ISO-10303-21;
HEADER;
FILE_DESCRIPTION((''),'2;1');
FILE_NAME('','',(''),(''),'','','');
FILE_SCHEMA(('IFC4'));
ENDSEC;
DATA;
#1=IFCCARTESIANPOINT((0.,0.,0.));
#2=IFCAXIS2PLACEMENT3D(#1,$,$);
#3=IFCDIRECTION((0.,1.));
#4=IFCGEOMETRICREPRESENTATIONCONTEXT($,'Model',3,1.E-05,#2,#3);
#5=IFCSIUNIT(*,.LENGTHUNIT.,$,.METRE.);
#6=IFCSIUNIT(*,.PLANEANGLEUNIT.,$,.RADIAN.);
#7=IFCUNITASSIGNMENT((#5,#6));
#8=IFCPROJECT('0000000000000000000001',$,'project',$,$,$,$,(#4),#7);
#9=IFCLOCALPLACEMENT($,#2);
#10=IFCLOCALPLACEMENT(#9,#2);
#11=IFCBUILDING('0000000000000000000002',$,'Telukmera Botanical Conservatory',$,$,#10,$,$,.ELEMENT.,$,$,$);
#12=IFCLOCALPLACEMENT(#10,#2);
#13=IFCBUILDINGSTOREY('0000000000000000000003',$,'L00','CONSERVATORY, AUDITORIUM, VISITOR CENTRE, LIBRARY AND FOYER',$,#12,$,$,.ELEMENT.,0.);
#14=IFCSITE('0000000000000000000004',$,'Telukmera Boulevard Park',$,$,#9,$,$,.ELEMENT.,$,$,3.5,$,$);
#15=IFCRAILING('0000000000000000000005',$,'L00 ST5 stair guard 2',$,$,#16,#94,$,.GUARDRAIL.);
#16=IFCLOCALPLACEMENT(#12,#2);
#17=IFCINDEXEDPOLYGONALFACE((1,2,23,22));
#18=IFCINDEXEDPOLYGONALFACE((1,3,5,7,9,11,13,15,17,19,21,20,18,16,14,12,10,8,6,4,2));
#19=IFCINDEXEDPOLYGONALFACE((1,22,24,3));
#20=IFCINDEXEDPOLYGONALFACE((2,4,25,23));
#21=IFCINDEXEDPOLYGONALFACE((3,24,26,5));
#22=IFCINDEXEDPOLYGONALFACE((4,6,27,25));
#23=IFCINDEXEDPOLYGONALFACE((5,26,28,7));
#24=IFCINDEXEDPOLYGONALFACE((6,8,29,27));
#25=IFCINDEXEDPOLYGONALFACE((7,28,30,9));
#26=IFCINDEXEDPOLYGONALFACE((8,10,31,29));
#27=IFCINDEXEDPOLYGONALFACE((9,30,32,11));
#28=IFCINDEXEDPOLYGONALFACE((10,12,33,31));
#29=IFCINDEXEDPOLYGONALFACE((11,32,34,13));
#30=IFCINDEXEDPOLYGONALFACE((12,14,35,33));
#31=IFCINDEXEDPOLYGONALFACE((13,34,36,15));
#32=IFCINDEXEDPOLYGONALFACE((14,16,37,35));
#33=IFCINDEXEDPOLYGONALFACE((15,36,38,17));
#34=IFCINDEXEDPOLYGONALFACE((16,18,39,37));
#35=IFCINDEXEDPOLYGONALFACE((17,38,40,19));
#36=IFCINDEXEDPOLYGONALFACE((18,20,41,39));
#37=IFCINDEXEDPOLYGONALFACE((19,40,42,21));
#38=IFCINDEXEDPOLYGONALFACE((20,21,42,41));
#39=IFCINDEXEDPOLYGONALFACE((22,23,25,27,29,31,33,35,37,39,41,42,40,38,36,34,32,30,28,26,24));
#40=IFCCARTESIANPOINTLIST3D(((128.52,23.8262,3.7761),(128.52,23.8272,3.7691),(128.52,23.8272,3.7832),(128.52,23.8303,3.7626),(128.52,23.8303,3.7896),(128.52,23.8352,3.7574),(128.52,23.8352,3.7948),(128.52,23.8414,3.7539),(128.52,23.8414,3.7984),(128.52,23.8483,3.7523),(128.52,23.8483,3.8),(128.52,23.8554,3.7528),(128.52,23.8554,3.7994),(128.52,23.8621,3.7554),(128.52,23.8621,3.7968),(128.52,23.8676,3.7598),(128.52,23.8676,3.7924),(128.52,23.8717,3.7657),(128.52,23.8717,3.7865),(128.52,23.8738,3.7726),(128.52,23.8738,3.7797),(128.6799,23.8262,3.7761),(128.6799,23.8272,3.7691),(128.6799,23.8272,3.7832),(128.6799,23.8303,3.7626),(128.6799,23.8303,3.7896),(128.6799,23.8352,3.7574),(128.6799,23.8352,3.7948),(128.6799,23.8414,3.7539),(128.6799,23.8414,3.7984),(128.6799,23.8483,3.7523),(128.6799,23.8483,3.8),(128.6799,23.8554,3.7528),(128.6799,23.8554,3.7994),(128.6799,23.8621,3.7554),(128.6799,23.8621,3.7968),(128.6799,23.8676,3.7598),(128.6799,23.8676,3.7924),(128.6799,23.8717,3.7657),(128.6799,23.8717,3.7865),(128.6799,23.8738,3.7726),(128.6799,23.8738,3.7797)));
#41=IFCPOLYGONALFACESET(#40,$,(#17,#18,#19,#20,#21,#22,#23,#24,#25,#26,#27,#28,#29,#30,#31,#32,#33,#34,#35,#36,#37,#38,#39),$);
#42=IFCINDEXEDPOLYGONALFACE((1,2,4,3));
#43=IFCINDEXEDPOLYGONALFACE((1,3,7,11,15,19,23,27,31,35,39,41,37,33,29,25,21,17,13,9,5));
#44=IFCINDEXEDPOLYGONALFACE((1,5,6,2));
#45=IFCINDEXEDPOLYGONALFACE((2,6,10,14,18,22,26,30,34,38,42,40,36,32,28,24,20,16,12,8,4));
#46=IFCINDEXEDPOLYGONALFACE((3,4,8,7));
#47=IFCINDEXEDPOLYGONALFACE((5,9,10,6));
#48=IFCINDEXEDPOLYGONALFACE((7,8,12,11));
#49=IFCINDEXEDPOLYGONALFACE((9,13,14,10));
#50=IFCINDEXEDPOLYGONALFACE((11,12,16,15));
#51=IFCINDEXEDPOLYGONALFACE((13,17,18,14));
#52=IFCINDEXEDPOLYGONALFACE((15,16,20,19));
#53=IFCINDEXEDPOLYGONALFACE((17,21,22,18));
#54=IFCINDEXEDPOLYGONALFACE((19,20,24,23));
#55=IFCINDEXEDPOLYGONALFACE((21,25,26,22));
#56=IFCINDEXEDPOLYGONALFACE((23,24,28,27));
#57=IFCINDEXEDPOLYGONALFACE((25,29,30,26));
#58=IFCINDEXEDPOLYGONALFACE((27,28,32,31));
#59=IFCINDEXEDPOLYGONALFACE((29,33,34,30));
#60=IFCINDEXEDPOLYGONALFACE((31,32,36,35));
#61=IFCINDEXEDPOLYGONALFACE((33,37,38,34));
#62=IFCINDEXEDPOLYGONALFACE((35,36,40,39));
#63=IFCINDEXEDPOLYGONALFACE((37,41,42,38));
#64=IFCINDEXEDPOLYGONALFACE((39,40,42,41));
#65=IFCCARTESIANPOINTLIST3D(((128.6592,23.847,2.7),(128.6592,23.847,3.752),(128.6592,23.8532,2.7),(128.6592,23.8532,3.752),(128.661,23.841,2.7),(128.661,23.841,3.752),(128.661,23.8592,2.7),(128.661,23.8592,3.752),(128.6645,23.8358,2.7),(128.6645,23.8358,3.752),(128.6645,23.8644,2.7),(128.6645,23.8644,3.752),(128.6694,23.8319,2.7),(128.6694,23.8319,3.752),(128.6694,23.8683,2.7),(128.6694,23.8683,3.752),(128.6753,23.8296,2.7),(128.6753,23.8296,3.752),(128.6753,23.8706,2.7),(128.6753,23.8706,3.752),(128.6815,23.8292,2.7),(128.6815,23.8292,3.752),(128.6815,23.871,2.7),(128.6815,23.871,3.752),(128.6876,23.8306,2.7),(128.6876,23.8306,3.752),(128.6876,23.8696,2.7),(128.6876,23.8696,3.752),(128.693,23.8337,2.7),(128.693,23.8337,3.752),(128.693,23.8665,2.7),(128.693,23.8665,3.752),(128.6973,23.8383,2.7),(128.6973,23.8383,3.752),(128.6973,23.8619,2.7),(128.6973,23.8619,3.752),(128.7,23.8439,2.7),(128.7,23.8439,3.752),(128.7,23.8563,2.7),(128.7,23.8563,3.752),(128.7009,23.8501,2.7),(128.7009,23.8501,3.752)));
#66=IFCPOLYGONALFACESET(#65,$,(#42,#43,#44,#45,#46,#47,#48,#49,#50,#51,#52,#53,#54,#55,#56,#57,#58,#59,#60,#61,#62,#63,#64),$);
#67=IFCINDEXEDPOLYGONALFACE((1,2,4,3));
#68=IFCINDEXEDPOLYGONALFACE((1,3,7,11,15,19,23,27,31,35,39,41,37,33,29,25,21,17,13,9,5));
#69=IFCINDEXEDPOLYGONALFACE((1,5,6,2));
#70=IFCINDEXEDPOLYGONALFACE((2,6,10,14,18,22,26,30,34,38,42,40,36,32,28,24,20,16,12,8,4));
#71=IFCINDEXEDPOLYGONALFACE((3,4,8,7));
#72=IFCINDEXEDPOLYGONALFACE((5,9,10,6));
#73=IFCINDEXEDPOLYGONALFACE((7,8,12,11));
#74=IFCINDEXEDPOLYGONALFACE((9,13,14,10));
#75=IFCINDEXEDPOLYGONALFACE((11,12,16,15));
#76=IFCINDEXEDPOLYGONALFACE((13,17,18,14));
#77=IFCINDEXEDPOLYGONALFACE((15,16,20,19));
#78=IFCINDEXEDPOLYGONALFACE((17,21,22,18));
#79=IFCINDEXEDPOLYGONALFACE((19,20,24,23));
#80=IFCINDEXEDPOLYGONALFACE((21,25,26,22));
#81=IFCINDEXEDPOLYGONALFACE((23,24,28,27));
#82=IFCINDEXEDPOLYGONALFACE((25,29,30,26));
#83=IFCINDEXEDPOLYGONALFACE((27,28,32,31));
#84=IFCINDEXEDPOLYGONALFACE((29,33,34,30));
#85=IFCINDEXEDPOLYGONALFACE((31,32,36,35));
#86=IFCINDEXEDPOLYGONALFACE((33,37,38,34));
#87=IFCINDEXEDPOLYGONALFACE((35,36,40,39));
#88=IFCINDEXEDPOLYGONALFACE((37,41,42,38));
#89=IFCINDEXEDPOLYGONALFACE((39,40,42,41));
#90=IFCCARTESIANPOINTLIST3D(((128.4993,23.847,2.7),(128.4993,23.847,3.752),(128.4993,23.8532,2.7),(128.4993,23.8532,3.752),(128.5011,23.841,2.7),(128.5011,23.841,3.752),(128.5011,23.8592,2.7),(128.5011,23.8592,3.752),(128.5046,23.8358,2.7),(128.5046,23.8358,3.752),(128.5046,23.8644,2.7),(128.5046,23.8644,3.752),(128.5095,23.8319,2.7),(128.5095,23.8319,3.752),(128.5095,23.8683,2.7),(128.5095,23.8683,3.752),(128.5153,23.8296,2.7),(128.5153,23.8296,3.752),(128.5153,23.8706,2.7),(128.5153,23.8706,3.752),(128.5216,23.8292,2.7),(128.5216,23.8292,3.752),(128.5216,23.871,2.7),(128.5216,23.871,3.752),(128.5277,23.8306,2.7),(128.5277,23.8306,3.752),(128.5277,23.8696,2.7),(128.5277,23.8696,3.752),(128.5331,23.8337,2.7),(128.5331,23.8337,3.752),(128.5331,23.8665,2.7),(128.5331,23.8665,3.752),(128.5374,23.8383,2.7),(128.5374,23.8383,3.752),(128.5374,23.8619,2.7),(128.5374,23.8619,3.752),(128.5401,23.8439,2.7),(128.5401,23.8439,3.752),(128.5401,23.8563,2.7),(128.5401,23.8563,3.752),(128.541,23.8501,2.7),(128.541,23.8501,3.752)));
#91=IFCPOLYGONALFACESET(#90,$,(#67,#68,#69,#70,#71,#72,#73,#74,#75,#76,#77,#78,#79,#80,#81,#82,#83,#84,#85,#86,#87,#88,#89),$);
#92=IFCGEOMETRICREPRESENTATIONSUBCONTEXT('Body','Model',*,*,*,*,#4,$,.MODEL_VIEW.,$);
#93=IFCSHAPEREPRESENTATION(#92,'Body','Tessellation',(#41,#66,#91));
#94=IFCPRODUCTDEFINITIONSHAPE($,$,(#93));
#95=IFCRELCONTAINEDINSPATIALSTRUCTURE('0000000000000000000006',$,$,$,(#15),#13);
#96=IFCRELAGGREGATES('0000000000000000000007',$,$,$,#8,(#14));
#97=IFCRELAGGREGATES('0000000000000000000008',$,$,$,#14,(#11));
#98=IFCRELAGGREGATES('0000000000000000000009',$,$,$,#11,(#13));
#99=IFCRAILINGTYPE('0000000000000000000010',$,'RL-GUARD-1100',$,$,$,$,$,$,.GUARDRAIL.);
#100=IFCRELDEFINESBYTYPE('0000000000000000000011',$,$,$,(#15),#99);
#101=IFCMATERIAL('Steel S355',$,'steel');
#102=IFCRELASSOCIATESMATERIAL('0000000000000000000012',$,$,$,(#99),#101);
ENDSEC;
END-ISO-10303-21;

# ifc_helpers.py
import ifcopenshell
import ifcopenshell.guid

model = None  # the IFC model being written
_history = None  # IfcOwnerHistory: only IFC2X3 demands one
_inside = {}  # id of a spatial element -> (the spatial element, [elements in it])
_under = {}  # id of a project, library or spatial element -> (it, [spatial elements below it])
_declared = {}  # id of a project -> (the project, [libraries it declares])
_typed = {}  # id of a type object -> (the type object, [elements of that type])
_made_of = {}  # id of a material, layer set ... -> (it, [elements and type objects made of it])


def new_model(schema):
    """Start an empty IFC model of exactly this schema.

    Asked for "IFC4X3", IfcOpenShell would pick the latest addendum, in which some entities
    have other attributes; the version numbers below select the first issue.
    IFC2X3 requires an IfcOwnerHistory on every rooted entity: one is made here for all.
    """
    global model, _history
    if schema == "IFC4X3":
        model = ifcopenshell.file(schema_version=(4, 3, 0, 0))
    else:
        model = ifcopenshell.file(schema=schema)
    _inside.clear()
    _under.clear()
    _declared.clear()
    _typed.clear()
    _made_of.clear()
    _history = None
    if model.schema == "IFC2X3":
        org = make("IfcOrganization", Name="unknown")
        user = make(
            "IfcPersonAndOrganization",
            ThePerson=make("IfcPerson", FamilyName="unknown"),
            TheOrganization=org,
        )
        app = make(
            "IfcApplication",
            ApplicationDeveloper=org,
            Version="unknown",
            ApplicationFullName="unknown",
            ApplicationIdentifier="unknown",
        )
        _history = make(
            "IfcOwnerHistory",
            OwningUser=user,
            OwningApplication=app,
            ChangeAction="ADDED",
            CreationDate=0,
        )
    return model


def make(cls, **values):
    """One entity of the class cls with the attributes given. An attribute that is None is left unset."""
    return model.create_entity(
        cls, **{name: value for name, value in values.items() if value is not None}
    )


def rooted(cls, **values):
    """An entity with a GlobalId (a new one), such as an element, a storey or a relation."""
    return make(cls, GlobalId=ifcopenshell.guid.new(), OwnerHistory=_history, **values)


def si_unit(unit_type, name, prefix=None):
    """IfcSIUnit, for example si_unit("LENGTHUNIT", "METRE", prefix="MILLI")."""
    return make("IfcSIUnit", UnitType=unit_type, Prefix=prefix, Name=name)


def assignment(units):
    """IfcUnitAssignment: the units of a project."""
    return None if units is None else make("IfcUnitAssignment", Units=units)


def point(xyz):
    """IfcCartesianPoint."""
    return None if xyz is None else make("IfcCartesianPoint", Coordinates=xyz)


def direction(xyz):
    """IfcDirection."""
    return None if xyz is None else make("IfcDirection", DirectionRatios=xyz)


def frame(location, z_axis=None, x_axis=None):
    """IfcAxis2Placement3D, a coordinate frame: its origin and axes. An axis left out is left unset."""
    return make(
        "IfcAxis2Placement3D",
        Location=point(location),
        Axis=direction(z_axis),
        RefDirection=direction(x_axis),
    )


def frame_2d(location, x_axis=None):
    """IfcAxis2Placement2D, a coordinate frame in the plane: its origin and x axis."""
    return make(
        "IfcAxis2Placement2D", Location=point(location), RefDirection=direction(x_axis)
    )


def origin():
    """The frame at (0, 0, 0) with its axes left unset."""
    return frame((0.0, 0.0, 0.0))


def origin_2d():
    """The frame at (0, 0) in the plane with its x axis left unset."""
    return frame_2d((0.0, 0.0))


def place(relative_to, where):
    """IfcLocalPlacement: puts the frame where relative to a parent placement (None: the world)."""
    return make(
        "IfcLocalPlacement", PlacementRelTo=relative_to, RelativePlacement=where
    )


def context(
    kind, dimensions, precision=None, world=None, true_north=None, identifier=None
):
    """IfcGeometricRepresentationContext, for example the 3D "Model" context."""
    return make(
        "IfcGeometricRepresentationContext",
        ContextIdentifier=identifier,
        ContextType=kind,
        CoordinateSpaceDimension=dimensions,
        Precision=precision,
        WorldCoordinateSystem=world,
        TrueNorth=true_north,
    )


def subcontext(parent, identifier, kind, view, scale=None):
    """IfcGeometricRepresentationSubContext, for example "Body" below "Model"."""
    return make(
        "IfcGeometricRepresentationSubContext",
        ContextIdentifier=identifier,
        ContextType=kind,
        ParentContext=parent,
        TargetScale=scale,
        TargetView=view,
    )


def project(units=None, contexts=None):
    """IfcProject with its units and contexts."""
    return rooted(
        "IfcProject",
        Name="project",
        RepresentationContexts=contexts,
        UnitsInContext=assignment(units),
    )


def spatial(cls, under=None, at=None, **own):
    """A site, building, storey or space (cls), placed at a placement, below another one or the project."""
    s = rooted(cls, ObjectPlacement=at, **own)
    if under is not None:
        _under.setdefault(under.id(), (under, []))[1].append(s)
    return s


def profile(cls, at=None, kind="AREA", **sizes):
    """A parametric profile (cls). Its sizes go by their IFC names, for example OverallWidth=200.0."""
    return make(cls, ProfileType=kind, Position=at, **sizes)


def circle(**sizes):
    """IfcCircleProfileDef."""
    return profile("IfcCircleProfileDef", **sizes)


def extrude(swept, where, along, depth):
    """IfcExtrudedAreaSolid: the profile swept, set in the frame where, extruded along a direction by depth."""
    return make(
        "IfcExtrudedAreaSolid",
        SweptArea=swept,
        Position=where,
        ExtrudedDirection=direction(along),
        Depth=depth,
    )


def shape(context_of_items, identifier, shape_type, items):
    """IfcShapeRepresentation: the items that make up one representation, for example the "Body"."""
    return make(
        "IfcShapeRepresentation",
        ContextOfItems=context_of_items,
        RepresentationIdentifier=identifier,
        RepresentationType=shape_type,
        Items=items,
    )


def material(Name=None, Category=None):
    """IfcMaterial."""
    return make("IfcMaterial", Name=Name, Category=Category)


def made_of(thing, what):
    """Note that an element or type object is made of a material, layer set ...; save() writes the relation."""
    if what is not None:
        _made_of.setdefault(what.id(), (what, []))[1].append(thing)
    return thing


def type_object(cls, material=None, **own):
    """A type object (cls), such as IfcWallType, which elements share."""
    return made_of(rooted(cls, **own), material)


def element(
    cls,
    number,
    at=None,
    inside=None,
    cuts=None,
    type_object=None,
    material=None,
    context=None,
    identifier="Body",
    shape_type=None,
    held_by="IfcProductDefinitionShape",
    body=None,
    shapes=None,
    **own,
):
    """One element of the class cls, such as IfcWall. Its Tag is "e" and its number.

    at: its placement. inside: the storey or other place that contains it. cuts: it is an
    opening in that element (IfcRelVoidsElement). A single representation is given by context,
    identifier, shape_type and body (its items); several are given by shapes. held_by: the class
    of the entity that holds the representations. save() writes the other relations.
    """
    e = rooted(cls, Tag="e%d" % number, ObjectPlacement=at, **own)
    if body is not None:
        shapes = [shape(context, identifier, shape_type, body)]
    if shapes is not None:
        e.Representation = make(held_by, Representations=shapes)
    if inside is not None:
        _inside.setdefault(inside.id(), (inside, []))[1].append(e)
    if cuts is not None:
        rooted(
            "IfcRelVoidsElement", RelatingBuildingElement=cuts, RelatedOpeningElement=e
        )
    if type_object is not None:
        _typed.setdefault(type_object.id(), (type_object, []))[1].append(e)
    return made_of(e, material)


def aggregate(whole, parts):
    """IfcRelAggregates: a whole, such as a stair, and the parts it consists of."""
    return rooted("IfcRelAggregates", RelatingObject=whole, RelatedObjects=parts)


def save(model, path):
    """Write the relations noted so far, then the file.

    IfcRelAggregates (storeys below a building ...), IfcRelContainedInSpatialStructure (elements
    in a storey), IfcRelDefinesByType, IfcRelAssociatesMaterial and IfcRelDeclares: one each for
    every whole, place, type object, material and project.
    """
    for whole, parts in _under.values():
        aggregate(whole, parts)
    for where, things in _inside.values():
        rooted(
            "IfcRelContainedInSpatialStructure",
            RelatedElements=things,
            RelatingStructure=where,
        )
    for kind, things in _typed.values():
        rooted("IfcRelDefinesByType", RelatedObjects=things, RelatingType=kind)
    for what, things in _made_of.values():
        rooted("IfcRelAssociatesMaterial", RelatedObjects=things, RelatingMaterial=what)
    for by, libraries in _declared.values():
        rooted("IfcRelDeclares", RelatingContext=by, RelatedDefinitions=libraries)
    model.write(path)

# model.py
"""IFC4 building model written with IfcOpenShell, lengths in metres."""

from ifc_helpers import new_model, si_unit, direction, frame, origin, origin_2d, place, context, subcontext, project, spatial, circle, extrude, material, type_object, element, save


model = new_model("IFC4")

# Units and contexts
model_context = context("Model", 3, precision=1e-05, world=origin(), true_north=direction((0.0, 1.0)))
body_context = subcontext(model_context, "Body", "Model", "MODEL_VIEW")
ifc_project = project(units=[si_unit("LENGTHUNIT", "METRE"), si_unit("PLANEANGLEUNIT", "RADIAN")], contexts=[model_context])

# Site, building, storey
site_placement = place(None, origin())
site = spatial("IfcSite", under=ifc_project, at=site_placement, Name="Telukmera Boulevard Park", CompositionType="ELEMENT", RefElevation=3.5)
building_placement = place(site_placement, origin())
building = spatial("IfcBuilding", under=site, at=building_placement, Name="Telukmera Botanical Conservatory", CompositionType="ELEMENT")
storey_placement = place(building_placement, origin())
storey = spatial("IfcBuildingStorey", under=building, at=storey_placement, Name="L00", Description="CONSERVATORY, AUDITORIUM, VISITOR CENTRE, LIBRARY AND FOYER", CompositionType="ELEMENT", Elevation=0.0)

# Shared definitions
ifc_material_1 = material(Name="Steel S355", Category="steel")

# Railing
railing_type_1 = type_object("IfcRailingType", Name="RL-GUARD-1100", PredefinedType="GUARDRAIL", material=ifc_material_1)
railing_1_placement = place(storey_placement, frame((128.6799, 23.8501, 2.7)))
element("IfcRailing", 1, at=railing_1_placement, inside=storey, type_object=railing_type_1, Name="L00 ST5 stair guard 2", PredefinedType="GUARDRAIL", context=body_context, shape_type="SweptSolid", body=[
    extrude(circle(Radius=0.0239, at=origin_2d()), frame((0.0, 0.0, 1.0762), z_axis=(-1.0, 0.0, 0.0), x_axis=(0.0, -1.0, 0.0)), (0.0, 0.0, 1.0), 0.1599),
    extrude(circle(Radius=0.021, at=origin_2d()), origin(), (0.0, 0.0, 1.0), 1.052),
    extrude(circle(Radius=0.021, at=origin_2d()), frame((-0.1599, 0.0, 0.0)), (0.0, 0.0, 1.0), 1.052),
])

save(model, "model.ifc")
